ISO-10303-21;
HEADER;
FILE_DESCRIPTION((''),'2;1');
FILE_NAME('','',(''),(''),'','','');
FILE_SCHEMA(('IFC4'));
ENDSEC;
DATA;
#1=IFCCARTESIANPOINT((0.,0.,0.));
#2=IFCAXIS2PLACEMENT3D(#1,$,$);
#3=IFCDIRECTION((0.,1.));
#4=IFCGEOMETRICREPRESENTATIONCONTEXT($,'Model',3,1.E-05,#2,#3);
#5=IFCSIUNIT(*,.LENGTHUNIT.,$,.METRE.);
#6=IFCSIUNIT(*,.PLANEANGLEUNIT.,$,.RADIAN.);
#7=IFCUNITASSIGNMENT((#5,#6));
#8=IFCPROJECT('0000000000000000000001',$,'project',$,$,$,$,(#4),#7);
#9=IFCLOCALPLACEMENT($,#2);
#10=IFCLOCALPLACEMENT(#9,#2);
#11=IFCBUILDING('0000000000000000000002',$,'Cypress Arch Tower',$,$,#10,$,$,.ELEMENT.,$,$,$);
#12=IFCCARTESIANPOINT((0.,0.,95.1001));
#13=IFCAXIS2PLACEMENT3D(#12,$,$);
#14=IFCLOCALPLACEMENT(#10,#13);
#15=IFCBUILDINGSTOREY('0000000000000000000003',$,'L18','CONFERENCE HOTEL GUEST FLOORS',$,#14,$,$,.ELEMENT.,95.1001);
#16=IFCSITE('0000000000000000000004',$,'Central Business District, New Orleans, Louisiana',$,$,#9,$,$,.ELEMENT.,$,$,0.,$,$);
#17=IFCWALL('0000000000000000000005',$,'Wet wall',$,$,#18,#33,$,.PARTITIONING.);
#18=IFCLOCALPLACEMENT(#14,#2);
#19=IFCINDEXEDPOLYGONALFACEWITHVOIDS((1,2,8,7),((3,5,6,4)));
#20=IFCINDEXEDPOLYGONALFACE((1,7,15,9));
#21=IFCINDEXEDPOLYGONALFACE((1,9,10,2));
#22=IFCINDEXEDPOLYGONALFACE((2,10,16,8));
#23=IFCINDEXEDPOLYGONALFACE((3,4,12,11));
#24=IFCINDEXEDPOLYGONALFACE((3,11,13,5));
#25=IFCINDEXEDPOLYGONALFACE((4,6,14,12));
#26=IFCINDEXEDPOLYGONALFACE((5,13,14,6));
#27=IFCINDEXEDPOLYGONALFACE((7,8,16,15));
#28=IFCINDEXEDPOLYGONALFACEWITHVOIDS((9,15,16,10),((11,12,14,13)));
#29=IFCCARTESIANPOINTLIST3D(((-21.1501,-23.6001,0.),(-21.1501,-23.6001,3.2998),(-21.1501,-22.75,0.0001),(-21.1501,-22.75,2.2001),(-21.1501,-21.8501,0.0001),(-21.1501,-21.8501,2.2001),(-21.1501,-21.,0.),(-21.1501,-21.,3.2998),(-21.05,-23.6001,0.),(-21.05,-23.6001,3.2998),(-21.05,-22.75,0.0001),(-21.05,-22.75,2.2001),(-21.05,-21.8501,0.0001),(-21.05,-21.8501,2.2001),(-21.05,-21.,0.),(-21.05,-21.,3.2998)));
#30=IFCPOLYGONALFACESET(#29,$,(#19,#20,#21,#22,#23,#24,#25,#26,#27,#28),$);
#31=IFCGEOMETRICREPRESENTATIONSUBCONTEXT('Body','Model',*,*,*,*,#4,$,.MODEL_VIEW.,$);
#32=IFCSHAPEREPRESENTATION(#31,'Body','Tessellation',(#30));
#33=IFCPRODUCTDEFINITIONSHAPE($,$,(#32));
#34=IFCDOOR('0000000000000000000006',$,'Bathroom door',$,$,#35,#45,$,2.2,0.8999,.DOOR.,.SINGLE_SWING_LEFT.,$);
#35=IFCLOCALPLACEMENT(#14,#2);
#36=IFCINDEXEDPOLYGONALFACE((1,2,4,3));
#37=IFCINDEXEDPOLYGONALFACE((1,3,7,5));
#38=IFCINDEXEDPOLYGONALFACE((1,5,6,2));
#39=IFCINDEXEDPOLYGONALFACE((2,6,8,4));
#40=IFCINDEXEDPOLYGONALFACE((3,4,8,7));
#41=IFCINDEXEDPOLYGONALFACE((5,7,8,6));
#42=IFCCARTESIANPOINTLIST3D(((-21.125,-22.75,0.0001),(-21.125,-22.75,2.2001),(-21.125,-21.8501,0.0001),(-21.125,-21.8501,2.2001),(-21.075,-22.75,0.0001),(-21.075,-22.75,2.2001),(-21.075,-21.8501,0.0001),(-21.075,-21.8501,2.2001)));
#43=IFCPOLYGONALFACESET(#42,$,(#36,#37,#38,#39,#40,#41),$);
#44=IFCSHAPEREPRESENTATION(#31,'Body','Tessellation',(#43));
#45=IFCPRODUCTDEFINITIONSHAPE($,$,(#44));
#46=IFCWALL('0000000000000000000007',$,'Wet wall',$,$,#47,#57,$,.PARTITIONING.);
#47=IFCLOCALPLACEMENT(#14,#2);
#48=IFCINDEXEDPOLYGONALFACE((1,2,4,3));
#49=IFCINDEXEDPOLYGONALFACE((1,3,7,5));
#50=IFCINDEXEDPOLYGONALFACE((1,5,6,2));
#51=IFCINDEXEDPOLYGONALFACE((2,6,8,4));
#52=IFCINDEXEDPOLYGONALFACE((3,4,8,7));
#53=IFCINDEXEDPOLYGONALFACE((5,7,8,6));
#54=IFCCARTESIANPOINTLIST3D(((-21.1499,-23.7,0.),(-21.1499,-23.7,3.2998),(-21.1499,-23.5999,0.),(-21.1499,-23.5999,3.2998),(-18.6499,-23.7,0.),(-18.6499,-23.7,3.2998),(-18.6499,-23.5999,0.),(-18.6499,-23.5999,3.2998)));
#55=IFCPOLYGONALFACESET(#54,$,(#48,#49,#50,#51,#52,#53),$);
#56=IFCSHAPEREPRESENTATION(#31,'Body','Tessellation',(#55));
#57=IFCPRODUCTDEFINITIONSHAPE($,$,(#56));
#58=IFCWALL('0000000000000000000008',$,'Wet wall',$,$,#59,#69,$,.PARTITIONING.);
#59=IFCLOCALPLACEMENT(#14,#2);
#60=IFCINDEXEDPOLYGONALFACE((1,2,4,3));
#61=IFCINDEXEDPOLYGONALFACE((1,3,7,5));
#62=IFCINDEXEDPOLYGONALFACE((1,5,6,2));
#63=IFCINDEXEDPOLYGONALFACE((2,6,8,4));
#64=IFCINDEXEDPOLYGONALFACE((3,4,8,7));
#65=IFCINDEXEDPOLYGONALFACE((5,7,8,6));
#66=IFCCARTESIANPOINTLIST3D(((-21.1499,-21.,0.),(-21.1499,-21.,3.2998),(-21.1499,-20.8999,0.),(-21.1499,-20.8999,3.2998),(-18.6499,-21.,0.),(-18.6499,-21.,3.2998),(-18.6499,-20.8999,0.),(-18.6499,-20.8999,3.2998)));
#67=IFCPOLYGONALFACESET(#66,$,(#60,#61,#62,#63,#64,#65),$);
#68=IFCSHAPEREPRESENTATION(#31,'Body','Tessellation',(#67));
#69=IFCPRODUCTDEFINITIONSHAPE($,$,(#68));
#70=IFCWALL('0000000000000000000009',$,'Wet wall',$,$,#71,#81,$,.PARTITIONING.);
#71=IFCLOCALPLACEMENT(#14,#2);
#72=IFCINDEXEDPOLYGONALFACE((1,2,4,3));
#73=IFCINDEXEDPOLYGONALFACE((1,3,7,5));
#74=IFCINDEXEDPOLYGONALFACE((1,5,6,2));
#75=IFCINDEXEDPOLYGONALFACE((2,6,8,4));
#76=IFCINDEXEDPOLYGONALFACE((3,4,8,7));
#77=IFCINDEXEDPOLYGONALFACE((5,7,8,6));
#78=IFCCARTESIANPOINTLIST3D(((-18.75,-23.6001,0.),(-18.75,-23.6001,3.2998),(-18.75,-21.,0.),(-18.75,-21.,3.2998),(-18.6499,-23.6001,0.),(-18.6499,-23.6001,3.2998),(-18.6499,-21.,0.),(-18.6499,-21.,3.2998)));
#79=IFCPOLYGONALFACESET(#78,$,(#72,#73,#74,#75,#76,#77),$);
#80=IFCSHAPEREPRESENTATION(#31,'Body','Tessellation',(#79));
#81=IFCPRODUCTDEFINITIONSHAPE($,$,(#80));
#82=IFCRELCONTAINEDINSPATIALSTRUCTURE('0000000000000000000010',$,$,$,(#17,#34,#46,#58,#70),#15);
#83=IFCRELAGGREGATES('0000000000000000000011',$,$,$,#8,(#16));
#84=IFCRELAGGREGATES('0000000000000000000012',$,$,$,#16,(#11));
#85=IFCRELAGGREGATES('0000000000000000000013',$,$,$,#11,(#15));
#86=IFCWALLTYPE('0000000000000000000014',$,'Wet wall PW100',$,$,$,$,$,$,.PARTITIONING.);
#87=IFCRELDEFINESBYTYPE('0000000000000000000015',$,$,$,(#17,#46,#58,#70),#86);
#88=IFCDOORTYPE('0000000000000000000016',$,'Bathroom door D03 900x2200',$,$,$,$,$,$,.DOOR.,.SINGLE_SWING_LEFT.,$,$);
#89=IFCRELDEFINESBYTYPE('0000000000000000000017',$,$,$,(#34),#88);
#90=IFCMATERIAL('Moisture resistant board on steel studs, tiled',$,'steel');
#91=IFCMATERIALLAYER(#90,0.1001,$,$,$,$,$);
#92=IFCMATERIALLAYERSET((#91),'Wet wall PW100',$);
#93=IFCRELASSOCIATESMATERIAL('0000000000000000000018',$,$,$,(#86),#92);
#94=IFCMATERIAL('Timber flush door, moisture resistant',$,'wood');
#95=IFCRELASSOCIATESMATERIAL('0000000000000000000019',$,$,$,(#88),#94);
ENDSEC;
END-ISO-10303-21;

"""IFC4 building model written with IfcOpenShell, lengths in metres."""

from ifc_helpers import new_model, si_unit, direction, frame, frame_2d, origin, place, context, subcontext, project, spatial, rectangle, extrude, material, layer, layer_set, type_object, element, fill, save


model = new_model("IFC4")

# Units and contexts
model_context = context("Model", 3, precision=1e-05, world=origin(), true_north=direction((0.0, 1.0)))
body_context = subcontext(model_context, "Body", "Model", "MODEL_VIEW")
ifc_project = project(units=[si_unit("LENGTHUNIT", "METRE"), si_unit("PLANEANGLEUNIT", "RADIAN")], contexts=[model_context])

# Site, building, storey
site_placement = place(None, origin())
site = spatial("IfcSite", under=ifc_project, at=site_placement, Name="Central Business District, New Orleans, Louisiana", CompositionType="ELEMENT", RefElevation=0.0)
building_placement = place(site_placement, origin())
building = spatial("IfcBuilding", under=site, at=building_placement, Name="Cypress Arch Tower", CompositionType="ELEMENT")
storey_placement = place(building_placement, frame((0.0, 0.0, 95.1001)))
storey = spatial("IfcBuildingStorey", under=building, at=storey_placement, Name="L18", Description="CONFERENCE HOTEL GUEST FLOORS", CompositionType="ELEMENT", Elevation=95.1001)

# Wall, opening, door
ifc_material_1 = material(Name="Moisture resistant board on steel studs, tiled", Category="steel")
ifc_layer_1 = layer(ifc_material_1, 0.1001)
ifc_layer_set_1 = layer_set([ifc_layer_1], Name="Wet wall PW100")
wall_type_1 = type_object("IfcWallType", Name="Wet wall PW100", PredefinedType="PARTITIONING", material=ifc_layer_set_1)
wall_1_placement = place(storey_placement, frame((-21.1001, -23.6001, 0.0), z_axis=(0.0, 0.0, 1.0), x_axis=(0.0, 1.0, 0.0)))
wall_1 = element("IfcWall", 1, at=wall_1_placement, inside=storey, type_object=wall_type_1, Name="Wet wall", PredefinedType="PARTITIONING", context=body_context, shape_type="SweptSolid", body=[
    extrude(rectangle(XDim=2.6001, YDim=0.1001, at=frame_2d((1.3, 0.0))), origin(), (0.0, 0.0, 1.0), 3.2998),
])
opening_1_placement = place(wall_1_placement, frame((0.8501, 0.0, 0.0)))
opening_1 = element("IfcOpeningElement", 2, at=opening_1_placement, cuts=wall_1, PredefinedType="OPENING", context=body_context, shape_type="SweptSolid", body=[
    extrude(rectangle(XDim=0.8999, YDim=2.2, at=frame_2d((0.45, 1.1001))), frame((0.0, 0.0601, 0.0), z_axis=(0.0, -1.0, 0.0), x_axis=(1.0, 0.0, 0.0)), (0.0, 0.0, 1.0), 0.1201),
])
ifc_material_2 = material(Name="Timber flush door, moisture resistant", Category="wood")
door_type_1 = type_object("IfcDoorType", Name="Bathroom door D03 900x2200", OperationType="SINGLE_SWING_LEFT", PredefinedType="DOOR", material=ifc_material_2)
door_1_placement = place(opening_1_placement, origin())
door_1 = element("IfcDoor", 3, at=door_1_placement, inside=storey, type_object=door_type_1, Name="Bathroom door", OperationType="SINGLE_SWING_LEFT", OverallHeight=2.2, OverallWidth=0.8999, PredefinedType="DOOR", context=body_context, shape_type="SweptSolid", body=[
    extrude(rectangle(XDim=0.8999, YDim=2.2, at=frame_2d((0.45, 1.1001))), frame((0.0, 0.0249, 0.0), z_axis=(0.0, -1.0, 0.0), x_axis=(1.0, 0.0, 0.0)), (0.0, 0.0, 1.0), 0.05),
])
fill(opening_1, door_1)

# Walls
for number, where, z_axis, x_axis, name in (
    (4, (-21.1499, -23.6499, 0.0), (0.0, 0.0, 1.0), (1.0, 0.0, 0.0), "Wet wall"),
    (5, (-21.1499, -20.95, 0.0), (0.0, 0.0, 1.0), (1.0, 0.0, 0.0), "Wet wall"),
):
    element("IfcWall", number, at=place(storey_placement, frame(where, z_axis=z_axis, x_axis=x_axis)), inside=storey, type_object=wall_type_1, Name=name, PredefinedType="PARTITIONING", context=body_context, shape_type="SweptSolid", body=[
        extrude(rectangle(XDim=2.5, YDim=0.1001, at=frame_2d((1.25, 0.0))), origin(), (0.0, 0.0, 1.0), 3.2998),
    ])
wall_2_placement = place(storey_placement, frame((-18.7, -23.6001, 0.0), z_axis=(0.0, 0.0, 1.0), x_axis=(0.0, 1.0, 0.0)))
element("IfcWall", 6, at=wall_2_placement, inside=storey, type_object=wall_type_1, Name="Wet wall", PredefinedType="PARTITIONING", context=body_context, shape_type="SweptSolid", body=[
    extrude(rectangle(XDim=2.6001, YDim=0.1001, at=frame_2d((1.3, 0.0))), origin(), (0.0, 0.0, 1.0), 3.2998),
])

save(model, "model.ifc")
